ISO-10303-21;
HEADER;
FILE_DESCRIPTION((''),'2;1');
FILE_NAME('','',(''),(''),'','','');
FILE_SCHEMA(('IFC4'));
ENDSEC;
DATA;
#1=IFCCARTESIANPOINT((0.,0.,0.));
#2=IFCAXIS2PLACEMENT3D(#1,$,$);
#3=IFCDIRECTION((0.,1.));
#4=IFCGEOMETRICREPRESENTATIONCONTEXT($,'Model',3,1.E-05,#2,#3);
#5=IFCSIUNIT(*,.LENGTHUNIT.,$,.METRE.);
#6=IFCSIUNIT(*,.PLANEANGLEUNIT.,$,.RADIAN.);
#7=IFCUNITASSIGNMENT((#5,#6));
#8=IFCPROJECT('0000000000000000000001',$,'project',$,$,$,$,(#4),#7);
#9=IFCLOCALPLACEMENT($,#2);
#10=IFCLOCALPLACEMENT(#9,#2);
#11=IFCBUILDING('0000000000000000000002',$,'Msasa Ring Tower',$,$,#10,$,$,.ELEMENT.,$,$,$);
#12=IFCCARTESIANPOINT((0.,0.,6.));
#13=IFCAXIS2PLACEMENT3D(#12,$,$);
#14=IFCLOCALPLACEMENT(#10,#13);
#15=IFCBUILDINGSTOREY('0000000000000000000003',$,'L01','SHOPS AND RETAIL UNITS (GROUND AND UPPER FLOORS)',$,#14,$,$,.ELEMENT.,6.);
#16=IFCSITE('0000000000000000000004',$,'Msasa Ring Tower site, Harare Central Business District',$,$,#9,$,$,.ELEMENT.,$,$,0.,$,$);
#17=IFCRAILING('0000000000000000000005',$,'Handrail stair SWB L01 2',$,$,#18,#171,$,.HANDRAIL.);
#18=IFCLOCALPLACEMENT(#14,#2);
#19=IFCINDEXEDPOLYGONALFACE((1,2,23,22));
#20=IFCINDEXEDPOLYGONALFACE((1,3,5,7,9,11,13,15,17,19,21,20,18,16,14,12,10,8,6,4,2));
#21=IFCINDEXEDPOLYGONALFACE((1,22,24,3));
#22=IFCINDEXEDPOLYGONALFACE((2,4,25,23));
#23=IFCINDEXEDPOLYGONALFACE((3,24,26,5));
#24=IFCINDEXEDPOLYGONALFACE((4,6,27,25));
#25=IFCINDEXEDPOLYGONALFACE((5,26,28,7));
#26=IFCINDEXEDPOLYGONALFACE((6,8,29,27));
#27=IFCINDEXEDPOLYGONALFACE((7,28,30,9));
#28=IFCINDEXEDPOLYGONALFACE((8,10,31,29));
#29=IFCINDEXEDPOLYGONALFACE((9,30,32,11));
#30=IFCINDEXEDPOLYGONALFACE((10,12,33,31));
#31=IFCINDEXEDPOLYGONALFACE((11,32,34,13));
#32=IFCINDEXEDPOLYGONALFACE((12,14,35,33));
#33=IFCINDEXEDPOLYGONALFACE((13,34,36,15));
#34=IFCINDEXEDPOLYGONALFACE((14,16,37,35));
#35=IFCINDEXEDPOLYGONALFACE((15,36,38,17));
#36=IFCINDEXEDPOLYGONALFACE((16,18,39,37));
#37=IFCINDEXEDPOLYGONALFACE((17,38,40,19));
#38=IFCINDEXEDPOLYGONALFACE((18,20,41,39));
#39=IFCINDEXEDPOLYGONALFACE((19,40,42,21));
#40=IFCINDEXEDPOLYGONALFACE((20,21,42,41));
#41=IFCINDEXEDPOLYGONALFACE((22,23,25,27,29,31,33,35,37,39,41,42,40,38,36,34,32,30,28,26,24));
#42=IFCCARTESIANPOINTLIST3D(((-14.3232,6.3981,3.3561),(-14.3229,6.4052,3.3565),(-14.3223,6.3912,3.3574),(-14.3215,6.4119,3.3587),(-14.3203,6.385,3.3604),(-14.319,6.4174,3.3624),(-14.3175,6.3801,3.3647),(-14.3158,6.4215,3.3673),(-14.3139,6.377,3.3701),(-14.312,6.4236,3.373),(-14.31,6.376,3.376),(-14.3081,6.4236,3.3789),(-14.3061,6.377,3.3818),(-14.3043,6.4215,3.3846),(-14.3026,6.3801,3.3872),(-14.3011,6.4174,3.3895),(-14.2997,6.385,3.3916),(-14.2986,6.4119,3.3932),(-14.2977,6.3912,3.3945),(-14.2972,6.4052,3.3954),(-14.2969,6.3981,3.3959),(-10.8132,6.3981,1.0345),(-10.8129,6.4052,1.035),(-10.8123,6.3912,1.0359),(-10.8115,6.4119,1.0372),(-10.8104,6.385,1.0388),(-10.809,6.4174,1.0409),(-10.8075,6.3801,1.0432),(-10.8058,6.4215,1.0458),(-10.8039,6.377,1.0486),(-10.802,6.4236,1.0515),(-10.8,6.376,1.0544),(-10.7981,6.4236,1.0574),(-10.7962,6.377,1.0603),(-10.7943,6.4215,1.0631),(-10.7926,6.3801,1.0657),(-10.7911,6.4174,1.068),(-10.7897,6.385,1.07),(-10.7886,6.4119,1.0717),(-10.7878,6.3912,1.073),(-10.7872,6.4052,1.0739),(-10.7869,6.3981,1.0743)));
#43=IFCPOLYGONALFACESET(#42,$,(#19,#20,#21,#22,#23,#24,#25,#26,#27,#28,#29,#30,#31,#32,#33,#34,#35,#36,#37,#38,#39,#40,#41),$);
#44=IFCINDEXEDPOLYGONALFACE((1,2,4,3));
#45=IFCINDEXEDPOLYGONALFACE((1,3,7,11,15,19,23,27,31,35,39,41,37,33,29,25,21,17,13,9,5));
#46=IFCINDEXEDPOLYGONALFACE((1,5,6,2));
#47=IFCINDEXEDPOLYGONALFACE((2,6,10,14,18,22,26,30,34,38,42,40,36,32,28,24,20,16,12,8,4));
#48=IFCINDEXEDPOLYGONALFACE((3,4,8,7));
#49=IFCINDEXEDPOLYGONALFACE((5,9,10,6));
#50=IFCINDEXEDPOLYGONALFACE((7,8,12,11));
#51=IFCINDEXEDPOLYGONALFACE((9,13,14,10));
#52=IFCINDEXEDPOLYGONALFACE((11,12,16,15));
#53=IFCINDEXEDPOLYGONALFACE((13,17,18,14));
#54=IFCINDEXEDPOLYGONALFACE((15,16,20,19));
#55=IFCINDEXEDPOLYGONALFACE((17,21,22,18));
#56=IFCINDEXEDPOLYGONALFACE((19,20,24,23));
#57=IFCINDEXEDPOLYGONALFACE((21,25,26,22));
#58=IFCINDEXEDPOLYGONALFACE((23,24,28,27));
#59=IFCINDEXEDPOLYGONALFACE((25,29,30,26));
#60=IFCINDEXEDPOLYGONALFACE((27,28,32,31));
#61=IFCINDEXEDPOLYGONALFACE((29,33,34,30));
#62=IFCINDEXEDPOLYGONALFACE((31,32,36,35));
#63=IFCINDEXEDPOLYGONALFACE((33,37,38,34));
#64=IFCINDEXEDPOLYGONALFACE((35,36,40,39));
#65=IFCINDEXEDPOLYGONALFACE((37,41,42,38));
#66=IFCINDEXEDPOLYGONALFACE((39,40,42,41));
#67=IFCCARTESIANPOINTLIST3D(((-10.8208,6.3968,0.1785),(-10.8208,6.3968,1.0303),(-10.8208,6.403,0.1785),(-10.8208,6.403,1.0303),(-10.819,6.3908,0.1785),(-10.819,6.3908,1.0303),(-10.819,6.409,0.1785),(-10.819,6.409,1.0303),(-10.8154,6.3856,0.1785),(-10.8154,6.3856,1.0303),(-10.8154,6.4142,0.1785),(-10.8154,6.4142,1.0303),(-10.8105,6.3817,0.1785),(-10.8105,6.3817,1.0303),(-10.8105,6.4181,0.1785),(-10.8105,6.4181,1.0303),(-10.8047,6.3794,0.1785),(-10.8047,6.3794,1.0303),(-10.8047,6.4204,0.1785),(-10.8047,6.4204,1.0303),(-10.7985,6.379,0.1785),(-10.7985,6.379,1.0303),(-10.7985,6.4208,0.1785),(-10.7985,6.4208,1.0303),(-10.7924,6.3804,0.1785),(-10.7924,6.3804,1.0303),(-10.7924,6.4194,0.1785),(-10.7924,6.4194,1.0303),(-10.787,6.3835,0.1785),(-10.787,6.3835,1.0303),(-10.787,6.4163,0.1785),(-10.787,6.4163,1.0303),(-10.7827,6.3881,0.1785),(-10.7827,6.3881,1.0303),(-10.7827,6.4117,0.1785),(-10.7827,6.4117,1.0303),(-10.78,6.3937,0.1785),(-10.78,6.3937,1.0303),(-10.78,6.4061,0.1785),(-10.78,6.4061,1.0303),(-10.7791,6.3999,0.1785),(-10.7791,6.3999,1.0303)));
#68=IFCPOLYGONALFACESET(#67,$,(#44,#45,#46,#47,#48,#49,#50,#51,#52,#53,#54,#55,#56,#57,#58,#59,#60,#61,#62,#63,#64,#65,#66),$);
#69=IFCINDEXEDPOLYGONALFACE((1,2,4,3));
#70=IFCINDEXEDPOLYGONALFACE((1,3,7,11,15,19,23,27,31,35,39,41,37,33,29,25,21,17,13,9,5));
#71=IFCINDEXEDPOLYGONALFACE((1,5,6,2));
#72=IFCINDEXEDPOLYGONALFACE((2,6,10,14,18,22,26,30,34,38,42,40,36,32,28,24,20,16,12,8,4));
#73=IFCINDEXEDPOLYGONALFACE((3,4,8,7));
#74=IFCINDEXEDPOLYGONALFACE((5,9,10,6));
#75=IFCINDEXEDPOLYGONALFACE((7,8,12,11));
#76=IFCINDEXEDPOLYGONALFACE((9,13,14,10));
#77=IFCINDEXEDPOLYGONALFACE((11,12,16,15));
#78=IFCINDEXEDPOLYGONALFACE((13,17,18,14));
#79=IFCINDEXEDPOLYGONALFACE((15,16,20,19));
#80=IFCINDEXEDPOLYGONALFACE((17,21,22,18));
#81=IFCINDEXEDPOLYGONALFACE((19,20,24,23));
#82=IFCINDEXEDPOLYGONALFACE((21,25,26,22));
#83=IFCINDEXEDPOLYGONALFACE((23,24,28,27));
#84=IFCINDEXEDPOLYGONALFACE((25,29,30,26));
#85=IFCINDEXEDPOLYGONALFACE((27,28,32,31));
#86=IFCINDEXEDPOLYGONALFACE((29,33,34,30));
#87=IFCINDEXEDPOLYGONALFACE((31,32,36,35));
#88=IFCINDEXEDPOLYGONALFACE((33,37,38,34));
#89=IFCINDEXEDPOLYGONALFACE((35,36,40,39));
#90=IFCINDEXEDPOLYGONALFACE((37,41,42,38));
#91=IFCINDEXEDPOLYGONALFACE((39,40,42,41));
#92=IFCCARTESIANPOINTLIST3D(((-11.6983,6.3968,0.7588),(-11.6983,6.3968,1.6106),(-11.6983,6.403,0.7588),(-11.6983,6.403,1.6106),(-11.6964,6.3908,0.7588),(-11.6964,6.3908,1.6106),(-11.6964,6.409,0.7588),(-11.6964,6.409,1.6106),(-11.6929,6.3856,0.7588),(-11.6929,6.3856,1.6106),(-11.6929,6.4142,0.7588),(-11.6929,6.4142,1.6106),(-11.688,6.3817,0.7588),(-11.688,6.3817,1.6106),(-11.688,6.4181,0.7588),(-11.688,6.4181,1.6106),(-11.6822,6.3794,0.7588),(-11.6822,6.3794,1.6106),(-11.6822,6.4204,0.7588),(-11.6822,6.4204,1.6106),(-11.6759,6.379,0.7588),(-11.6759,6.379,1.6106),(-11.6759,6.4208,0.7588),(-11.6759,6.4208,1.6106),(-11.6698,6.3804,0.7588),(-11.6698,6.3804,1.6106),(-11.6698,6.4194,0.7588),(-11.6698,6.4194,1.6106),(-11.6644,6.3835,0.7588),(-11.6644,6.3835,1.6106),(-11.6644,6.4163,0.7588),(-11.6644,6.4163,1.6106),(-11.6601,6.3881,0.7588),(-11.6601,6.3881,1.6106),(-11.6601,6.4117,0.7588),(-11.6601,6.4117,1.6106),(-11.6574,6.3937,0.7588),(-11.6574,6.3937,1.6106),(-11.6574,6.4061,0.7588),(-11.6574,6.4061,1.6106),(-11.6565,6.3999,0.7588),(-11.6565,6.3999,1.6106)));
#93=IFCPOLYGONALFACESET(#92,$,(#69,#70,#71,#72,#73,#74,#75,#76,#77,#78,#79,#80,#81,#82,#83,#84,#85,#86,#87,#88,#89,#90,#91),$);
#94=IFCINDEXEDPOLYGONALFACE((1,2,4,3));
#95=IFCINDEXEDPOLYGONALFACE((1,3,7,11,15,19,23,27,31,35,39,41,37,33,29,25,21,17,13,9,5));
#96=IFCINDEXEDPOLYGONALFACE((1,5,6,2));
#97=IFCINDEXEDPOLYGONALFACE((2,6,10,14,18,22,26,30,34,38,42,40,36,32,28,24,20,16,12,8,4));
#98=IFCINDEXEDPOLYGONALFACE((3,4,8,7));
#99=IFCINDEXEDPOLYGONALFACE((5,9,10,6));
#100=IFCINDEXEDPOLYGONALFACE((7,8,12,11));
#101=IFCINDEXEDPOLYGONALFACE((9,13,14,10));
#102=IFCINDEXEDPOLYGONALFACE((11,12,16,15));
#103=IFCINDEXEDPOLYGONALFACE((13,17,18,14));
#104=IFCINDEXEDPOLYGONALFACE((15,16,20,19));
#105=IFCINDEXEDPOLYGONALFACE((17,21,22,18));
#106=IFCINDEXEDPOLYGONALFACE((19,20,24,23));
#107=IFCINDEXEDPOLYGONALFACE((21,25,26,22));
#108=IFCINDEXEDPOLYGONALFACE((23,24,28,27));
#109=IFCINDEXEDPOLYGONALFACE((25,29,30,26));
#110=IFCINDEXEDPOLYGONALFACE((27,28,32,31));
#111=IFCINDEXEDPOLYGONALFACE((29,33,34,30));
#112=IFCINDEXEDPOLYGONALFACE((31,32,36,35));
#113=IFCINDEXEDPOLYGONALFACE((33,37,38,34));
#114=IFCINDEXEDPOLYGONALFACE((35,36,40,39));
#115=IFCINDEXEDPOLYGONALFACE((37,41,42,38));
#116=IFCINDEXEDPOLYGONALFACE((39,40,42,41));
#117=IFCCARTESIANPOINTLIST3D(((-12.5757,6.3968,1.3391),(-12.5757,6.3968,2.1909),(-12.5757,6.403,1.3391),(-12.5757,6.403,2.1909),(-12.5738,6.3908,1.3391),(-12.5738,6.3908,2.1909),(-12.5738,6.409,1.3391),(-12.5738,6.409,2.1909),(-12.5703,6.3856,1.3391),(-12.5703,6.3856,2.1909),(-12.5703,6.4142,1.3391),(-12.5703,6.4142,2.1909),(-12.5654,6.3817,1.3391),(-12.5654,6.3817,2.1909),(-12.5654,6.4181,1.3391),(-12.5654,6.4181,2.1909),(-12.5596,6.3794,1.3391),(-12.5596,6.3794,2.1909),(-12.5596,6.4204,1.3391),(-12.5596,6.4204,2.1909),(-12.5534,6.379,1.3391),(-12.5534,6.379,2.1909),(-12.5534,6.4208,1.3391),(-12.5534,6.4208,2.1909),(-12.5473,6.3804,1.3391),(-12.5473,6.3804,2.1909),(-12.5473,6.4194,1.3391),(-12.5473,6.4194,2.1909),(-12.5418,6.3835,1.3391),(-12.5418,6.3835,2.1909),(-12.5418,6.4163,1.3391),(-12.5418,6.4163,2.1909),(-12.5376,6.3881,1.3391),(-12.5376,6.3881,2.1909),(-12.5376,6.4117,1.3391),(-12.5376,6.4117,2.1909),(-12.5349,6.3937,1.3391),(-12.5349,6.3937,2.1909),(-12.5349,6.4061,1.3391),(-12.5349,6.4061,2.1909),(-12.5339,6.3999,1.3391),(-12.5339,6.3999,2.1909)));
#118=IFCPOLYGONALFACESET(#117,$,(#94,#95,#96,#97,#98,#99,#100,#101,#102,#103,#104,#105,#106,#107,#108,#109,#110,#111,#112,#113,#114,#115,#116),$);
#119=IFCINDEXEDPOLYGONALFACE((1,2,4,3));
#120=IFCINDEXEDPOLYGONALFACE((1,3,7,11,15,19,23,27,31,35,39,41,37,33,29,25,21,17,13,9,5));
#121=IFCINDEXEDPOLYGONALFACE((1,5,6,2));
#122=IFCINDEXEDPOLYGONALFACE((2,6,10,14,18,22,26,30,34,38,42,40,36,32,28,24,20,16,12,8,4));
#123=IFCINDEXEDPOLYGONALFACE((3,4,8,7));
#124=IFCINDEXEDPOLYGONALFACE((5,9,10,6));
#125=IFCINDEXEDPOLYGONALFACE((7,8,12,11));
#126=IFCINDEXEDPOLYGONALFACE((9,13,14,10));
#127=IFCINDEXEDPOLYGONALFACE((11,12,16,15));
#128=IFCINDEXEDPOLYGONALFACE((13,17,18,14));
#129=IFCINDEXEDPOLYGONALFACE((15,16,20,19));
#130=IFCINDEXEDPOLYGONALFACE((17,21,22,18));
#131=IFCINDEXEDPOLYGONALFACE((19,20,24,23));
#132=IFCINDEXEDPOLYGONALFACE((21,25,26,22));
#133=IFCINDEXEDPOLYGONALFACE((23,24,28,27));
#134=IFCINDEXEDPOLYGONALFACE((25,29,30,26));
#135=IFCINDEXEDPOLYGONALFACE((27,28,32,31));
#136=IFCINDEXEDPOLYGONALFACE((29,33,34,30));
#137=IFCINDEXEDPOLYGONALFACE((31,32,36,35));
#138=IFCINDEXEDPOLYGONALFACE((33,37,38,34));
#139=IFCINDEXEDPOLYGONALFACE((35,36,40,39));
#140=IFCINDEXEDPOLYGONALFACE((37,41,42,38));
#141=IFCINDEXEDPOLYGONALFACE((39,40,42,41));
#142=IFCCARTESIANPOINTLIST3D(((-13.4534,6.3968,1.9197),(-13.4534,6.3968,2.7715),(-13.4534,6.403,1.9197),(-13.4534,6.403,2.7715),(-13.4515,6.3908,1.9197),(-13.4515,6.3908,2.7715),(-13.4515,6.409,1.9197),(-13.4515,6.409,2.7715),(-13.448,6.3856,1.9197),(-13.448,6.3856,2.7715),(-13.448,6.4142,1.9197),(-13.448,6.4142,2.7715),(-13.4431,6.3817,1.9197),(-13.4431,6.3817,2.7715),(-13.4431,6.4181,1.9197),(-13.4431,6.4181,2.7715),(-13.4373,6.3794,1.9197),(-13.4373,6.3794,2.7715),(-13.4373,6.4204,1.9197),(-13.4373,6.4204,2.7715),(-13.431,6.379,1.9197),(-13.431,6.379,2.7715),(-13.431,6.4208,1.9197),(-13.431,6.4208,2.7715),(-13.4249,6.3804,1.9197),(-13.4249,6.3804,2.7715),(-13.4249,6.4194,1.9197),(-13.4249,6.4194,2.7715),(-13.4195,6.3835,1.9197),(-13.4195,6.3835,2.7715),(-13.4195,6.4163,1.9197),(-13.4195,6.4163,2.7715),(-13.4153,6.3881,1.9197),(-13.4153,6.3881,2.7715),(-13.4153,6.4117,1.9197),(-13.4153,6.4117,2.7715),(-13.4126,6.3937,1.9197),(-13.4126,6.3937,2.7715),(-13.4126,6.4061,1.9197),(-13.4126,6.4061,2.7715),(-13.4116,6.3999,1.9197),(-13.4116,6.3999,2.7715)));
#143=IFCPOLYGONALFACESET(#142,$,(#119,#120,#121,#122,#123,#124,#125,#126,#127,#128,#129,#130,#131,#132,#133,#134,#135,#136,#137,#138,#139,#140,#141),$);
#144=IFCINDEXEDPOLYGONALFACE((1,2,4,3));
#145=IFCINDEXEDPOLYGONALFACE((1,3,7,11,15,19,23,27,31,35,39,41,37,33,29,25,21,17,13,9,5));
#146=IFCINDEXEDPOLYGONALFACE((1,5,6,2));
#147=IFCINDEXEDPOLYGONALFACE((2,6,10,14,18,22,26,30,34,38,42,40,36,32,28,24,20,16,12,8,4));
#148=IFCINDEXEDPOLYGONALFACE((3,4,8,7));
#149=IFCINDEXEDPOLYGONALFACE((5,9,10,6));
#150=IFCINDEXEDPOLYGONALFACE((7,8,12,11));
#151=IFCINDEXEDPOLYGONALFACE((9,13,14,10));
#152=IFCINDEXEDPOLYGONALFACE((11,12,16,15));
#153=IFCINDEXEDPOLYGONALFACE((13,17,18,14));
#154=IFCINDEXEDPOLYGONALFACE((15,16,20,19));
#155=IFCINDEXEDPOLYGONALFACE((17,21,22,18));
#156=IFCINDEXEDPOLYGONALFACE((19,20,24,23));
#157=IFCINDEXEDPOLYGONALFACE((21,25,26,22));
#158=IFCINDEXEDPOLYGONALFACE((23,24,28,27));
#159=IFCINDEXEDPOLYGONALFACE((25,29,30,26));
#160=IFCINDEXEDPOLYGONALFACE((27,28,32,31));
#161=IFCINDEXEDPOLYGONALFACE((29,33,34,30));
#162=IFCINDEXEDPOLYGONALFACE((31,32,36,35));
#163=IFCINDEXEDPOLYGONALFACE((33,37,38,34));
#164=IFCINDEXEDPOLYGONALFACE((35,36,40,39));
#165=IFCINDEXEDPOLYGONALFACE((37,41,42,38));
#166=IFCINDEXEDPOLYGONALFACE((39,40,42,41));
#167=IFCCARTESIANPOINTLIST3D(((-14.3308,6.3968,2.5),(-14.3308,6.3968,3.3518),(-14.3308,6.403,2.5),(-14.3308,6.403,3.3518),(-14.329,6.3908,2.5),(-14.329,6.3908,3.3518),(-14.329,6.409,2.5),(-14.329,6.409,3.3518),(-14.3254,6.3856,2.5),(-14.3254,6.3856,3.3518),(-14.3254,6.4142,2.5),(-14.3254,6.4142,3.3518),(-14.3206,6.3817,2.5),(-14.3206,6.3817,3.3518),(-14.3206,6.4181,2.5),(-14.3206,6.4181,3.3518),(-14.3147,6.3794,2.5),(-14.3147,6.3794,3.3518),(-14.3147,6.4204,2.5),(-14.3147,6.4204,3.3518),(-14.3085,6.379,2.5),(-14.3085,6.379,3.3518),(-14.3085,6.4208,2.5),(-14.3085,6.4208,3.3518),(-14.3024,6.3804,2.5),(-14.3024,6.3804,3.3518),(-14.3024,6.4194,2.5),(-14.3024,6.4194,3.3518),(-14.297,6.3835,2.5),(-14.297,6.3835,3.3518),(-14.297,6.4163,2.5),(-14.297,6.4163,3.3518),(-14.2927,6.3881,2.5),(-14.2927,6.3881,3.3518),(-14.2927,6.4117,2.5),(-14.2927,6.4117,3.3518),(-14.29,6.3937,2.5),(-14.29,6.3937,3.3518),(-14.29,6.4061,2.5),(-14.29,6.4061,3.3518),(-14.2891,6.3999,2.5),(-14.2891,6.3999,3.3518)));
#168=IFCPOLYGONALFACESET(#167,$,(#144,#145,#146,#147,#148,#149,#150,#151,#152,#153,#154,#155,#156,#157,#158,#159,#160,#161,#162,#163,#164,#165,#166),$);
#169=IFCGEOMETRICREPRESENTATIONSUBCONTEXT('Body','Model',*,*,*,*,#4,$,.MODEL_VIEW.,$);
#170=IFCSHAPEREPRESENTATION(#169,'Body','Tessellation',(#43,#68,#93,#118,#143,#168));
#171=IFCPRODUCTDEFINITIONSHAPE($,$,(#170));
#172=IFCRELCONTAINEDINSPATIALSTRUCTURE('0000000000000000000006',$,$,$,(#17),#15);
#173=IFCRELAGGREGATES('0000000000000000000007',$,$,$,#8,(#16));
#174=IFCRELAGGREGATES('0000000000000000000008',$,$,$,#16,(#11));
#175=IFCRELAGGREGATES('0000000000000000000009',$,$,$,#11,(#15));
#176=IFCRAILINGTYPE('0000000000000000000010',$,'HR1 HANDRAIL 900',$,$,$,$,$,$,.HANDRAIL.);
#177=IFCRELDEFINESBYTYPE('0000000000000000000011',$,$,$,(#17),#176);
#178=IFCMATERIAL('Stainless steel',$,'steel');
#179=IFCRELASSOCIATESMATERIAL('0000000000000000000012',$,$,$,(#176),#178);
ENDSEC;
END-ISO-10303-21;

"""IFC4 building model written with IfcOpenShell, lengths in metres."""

from ifc_helpers import new_model, si_unit, direction, frame, origin, origin_2d, place, context, subcontext, project, spatial, circle, extrude, material, type_object, element, save


model = new_model("IFC4")

# Units and contexts
model_context = context("Model", 3, precision=1e-05, world=origin(), true_north=direction((0.0, 1.0)))
body_context = subcontext(model_context, "Body", "Model", "MODEL_VIEW")
ifc_project = project(units=[si_unit("LENGTHUNIT", "METRE"), si_unit("PLANEANGLEUNIT", "RADIAN")], contexts=[model_context])

# Site, building, storey
site_placement = place(None, origin())
site = spatial("IfcSite", under=ifc_project, at=site_placement, Name="Msasa Ring Tower site, Harare Central Business District", CompositionType="ELEMENT", RefElevation=0.0)
building_placement = place(site_placement, origin())
building = spatial("IfcBuilding", under=site, at=building_placement, Name="Msasa Ring Tower", CompositionType="ELEMENT")
storey_placement = place(building_placement, frame((0.0, 0.0, 6.0)))
storey = spatial("IfcBuildingStorey", under=building, at=storey_placement, Name="L01", Description="SHOPS AND RETAIL UNITS (GROUND AND UPPER FLOORS)", CompositionType="ELEMENT", Elevation=6.0)

# Railing
ifc_material_1 = material(Name="Stainless steel", Category="steel")
railing_type = type_object("IfcRailingType", Name="HR1 HANDRAIL 900", PredefinedType="HANDRAIL", material=ifc_material_1)
for number, where, name in (
    (1, (-10.8, 6.3999, 0.1785), "Handrail stair SWB L01 2"),
):
    element("IfcRailing", number, at=place(storey_placement, frame(where)), inside=storey, type_object=railing_type, Name=name, PredefinedType="HANDRAIL", context=body_context, shape_type="SweptSolid", body=[
        extrude(circle(Radius=0.0239, at=origin_2d()), frame((0.0, 0.0, 0.876), z_axis=(-0.834071, 0.0, 0.551657), x_axis=(0.0, -1.0, 0.0)), (0.0, 0.0, 1.0), 4.2083),
        extrude(circle(Radius=0.021, at=origin_2d()), origin(), (0.0, 0.0, 1.0), 0.8518),
        extrude(circle(Radius=0.021, at=origin_2d()), frame((-0.8774, 0.0, 0.5803)), (0.0, 0.0, 1.0), 0.8518),
        extrude(circle(Radius=0.021, at=origin_2d()), frame((-1.7549, 0.0, 1.1606)), (0.0, 0.0, 1.0), 0.8518),
        extrude(circle(Radius=0.021, at=origin_2d()), frame((-2.6326, 0.0, 1.7412)), (0.0, 0.0, 1.0), 0.8518),
        extrude(circle(Radius=0.021, at=origin_2d()), frame((-3.51, 0.0, 2.3215)), (0.0, 0.0, 1.0), 0.8518),
    ])

save(model, "model.ifc")
